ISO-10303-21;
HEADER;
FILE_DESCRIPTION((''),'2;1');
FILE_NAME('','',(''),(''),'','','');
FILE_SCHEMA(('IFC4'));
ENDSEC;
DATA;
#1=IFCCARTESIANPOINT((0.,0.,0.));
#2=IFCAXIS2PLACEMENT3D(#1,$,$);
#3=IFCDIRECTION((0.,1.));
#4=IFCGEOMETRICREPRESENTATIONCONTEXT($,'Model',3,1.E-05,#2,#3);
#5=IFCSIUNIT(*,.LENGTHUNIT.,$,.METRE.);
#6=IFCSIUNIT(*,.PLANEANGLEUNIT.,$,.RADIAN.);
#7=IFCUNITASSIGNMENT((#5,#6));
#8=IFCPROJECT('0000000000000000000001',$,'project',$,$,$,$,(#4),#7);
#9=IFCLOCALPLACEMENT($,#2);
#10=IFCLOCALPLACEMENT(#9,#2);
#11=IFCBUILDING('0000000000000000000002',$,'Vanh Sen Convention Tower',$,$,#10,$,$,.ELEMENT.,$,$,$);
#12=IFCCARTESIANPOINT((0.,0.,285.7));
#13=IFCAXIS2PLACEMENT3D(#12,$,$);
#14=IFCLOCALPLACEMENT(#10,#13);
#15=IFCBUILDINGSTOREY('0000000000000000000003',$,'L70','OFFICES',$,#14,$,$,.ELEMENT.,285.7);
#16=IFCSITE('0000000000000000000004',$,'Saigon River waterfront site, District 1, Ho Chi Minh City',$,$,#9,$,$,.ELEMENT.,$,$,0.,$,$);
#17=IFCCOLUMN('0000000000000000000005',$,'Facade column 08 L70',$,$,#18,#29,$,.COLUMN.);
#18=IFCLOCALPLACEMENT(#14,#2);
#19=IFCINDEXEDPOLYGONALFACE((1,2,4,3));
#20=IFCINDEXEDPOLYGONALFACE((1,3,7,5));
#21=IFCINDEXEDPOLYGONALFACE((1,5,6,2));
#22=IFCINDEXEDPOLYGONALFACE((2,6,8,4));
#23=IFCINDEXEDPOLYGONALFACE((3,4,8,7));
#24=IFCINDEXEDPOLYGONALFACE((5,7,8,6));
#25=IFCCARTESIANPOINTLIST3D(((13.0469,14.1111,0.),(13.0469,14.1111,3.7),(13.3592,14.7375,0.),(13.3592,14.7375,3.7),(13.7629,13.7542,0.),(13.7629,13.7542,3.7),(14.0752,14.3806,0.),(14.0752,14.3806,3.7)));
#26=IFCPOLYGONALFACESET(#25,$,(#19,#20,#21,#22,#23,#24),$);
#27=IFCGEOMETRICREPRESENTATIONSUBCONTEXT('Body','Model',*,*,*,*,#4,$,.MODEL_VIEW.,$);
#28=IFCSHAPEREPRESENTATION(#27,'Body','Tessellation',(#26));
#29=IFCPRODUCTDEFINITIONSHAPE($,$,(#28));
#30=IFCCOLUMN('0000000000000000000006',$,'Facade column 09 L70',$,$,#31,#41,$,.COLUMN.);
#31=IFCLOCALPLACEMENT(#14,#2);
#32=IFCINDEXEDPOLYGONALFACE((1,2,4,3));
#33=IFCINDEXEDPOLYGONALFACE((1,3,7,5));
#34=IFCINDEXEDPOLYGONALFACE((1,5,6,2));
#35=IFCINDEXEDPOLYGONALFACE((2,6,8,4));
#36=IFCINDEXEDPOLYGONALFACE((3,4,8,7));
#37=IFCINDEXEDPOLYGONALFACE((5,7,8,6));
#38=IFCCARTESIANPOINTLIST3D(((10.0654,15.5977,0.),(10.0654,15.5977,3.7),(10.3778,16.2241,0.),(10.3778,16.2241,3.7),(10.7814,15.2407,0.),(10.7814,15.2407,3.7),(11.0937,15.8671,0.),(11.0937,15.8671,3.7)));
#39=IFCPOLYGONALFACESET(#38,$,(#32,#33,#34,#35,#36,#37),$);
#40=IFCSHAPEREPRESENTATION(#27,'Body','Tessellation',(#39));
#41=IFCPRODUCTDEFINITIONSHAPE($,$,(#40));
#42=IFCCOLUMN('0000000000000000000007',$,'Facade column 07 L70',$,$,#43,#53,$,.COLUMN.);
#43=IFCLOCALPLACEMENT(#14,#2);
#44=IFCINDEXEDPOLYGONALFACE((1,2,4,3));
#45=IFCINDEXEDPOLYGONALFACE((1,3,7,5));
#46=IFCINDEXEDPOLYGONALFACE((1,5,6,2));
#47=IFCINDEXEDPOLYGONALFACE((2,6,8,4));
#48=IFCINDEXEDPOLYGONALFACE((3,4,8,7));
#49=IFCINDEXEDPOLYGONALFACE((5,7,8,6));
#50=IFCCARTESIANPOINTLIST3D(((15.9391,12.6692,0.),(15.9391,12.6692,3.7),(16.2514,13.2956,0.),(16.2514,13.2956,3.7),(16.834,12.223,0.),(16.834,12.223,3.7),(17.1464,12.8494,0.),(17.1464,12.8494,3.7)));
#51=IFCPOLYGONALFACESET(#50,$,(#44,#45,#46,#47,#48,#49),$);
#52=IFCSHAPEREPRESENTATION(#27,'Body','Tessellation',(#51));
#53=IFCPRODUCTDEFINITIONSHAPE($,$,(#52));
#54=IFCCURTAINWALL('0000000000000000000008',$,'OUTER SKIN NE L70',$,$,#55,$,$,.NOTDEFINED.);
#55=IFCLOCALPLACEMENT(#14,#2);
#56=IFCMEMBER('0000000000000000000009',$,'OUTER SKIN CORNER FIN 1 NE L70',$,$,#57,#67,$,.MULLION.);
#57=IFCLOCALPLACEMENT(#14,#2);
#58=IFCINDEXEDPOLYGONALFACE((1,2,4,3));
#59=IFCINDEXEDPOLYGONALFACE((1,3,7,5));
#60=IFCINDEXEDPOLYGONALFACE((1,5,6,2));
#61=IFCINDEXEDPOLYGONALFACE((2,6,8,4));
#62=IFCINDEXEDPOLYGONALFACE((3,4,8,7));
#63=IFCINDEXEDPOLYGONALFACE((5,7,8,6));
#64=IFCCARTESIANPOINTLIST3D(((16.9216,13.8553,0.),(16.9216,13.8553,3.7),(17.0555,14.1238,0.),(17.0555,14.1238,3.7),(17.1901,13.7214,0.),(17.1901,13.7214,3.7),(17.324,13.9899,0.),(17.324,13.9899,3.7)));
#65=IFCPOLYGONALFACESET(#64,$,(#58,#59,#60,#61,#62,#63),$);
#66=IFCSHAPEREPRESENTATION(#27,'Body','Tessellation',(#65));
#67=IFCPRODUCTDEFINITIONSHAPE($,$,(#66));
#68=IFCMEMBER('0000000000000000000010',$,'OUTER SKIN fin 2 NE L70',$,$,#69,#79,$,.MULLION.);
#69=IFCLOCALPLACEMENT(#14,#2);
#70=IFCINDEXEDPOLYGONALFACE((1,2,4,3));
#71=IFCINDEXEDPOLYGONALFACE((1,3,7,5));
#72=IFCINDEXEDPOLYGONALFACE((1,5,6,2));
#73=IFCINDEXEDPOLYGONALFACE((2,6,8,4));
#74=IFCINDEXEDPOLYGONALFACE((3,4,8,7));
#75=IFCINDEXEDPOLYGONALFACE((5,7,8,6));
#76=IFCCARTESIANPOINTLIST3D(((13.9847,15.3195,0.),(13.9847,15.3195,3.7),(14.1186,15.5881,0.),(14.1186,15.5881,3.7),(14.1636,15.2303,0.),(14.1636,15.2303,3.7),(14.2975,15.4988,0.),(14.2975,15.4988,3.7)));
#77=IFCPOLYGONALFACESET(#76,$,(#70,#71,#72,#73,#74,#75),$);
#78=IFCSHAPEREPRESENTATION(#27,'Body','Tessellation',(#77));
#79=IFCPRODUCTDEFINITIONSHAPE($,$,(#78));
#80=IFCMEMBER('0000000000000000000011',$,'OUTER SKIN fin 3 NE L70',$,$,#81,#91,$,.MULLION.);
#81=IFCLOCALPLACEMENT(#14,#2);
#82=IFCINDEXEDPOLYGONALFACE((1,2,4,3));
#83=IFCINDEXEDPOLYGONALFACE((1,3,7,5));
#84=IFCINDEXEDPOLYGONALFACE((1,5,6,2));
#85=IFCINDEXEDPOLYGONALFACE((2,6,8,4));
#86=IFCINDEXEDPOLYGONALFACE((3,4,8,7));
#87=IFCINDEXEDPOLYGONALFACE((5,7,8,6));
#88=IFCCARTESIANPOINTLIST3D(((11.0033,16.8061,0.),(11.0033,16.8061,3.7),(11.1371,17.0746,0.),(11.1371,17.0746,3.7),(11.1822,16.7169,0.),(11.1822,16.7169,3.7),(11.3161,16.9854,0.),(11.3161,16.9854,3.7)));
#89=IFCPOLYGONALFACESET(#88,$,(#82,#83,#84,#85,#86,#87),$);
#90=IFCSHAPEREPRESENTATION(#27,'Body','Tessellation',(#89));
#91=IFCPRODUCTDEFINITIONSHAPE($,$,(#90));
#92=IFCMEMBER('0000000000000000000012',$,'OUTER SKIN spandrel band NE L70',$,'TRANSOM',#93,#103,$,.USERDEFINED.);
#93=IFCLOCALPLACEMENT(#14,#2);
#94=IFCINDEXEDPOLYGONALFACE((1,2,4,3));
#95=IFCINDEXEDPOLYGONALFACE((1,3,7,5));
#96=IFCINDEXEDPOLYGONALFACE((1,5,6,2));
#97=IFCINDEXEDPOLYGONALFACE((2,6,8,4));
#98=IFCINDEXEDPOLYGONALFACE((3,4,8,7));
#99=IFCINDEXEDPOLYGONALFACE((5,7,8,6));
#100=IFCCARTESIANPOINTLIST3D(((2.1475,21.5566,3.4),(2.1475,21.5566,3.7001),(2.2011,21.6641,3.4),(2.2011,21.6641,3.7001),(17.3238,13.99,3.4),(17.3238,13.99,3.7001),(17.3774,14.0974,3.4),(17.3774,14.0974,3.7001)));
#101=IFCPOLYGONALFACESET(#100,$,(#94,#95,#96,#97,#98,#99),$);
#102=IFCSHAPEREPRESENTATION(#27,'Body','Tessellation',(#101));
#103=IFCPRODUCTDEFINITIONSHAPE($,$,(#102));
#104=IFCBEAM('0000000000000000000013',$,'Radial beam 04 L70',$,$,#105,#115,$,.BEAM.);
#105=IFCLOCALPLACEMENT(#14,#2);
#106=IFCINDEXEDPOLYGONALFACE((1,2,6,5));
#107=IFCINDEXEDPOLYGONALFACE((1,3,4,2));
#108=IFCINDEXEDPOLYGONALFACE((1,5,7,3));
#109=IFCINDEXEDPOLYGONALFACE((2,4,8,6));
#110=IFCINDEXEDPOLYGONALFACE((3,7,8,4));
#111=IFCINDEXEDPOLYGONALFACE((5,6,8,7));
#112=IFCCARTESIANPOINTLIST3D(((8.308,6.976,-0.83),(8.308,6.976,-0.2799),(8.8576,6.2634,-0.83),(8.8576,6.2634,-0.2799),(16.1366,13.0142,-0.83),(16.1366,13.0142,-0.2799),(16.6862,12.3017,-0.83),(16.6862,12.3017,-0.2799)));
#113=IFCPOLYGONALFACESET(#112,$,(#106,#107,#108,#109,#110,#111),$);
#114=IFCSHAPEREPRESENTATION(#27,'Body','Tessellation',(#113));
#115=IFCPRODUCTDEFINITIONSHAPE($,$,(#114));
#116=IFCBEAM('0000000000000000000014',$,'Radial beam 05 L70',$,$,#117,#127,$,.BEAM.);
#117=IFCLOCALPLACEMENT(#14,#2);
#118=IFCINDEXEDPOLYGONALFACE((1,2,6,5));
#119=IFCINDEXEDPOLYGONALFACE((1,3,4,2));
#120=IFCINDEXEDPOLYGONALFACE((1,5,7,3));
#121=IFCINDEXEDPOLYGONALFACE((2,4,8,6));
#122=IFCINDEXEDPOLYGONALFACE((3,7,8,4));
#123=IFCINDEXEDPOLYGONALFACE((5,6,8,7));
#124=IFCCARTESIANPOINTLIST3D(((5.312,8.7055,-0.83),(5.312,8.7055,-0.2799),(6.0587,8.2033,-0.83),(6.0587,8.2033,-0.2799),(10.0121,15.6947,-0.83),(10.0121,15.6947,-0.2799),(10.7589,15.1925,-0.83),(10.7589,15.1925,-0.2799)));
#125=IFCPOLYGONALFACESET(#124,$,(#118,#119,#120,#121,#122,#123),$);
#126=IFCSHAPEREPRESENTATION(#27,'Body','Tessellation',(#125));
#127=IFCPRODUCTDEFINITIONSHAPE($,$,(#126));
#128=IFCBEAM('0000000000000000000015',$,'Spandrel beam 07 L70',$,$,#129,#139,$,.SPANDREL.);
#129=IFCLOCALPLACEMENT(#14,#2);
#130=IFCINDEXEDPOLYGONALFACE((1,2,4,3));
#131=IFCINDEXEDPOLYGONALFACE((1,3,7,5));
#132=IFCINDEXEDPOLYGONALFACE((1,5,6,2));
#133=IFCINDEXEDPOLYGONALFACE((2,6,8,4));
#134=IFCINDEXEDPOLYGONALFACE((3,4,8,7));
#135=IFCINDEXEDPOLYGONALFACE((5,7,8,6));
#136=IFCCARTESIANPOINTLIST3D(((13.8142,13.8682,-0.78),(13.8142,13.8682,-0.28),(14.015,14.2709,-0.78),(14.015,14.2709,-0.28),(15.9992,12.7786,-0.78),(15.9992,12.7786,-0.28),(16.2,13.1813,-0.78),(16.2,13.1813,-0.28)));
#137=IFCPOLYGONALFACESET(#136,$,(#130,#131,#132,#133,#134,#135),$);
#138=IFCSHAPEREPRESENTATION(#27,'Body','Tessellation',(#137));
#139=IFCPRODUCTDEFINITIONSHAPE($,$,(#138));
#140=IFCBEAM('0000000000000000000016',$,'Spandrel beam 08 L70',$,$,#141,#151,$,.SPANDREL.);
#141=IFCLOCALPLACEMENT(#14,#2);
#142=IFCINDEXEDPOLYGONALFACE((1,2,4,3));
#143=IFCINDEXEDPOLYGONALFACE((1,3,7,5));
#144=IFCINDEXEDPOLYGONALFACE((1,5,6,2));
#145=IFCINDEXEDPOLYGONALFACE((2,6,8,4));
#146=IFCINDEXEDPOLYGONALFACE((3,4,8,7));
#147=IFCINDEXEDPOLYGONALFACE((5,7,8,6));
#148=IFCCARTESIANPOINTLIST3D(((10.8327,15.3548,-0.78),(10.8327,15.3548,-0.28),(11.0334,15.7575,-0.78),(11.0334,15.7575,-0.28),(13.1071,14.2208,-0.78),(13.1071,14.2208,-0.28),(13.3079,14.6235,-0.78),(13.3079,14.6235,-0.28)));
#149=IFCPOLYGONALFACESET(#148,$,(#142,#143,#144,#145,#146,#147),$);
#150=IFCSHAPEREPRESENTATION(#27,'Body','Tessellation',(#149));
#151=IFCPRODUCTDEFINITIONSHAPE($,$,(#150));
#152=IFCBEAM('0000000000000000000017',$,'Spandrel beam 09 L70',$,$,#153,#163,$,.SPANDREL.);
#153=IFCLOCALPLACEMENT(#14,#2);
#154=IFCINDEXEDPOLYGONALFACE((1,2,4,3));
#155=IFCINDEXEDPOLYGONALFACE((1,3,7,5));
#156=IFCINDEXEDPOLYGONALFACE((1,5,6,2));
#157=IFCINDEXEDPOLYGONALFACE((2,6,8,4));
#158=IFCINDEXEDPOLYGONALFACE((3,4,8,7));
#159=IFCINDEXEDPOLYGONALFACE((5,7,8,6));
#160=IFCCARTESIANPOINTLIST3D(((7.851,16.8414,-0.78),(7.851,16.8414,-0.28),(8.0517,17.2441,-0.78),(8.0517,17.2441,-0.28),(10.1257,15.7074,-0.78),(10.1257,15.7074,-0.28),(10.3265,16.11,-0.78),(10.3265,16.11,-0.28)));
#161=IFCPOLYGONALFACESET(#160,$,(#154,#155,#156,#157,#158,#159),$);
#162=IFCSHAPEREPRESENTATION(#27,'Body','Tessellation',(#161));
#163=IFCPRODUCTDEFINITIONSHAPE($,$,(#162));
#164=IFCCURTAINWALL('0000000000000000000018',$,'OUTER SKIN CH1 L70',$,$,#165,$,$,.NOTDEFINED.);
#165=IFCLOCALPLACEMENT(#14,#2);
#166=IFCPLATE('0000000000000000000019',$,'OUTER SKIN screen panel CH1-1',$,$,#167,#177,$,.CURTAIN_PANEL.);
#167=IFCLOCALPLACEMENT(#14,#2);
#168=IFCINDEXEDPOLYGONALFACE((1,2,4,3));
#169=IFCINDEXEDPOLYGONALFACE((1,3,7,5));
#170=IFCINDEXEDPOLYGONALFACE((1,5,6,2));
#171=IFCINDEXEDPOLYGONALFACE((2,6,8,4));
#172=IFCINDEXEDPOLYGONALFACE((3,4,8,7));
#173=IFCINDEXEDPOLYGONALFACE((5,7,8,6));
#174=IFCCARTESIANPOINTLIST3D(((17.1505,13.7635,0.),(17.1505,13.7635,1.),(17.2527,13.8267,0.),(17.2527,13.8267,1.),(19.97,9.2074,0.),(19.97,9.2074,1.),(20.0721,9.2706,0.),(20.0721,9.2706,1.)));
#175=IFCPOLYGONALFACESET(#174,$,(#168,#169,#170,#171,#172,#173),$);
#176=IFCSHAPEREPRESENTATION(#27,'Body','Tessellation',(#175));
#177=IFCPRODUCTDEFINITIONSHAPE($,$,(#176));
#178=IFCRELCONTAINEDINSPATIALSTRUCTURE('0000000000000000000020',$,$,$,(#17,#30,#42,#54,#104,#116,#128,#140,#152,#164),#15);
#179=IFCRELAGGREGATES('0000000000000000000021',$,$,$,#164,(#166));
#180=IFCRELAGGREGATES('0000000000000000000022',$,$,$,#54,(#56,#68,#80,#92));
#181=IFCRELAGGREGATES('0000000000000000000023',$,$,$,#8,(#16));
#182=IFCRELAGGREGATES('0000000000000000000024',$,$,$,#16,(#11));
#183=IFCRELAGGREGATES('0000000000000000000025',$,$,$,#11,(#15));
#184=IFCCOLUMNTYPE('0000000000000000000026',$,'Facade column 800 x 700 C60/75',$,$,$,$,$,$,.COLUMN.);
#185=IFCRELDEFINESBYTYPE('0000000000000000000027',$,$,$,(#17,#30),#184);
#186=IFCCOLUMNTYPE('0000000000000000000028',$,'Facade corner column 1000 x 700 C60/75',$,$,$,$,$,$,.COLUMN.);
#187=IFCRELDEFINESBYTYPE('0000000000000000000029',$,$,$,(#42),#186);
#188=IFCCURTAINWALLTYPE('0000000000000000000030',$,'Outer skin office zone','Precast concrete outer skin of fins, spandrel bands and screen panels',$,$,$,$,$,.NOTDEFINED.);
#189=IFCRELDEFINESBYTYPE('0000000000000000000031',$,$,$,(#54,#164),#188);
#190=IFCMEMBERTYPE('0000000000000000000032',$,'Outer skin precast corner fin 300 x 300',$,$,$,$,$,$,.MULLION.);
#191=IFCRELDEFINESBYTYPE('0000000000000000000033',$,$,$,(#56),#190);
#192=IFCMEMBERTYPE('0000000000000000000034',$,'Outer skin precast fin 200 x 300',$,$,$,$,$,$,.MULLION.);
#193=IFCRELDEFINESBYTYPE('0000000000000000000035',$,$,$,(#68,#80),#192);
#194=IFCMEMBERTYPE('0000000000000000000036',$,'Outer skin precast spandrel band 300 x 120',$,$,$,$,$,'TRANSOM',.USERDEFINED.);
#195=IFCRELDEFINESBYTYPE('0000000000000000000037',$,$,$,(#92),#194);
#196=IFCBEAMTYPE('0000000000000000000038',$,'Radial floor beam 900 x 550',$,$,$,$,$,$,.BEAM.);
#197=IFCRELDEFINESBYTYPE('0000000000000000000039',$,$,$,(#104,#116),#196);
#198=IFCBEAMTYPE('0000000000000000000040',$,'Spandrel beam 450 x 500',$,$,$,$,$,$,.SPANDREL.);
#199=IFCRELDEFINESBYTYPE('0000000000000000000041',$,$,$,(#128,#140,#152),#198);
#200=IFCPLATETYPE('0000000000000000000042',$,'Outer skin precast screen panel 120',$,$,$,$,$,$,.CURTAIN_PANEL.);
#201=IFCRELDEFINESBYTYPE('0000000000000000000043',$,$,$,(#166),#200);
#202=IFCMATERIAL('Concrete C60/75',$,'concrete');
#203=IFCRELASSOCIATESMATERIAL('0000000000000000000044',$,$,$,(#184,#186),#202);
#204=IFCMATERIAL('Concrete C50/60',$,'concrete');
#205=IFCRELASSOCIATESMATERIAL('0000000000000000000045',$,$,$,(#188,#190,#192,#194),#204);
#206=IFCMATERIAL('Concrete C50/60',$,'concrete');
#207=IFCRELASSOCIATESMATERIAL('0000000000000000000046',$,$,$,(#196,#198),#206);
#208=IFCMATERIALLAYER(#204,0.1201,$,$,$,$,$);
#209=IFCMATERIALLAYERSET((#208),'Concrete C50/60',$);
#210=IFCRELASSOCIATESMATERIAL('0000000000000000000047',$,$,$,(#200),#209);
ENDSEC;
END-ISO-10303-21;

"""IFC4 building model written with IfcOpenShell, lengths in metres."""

from ifc_helpers import new_model, si_unit, direction, frame, origin, origin_2d, place, context, subcontext, project, spatial, rectangle, extrude, material, layer, layer_set, material_profile, profile_set, type_object, element, aggregate, save


model = new_model("IFC4")

# Units and contexts
model_context = context("Model", 3, precision=1e-05, world=origin(), true_north=direction((0.0, 1.0)))
body_context = subcontext(model_context, "Body", "Model", "MODEL_VIEW")
ifc_project = project(units=[si_unit("LENGTHUNIT", "METRE"), si_unit("PLANEANGLEUNIT", "RADIAN")], contexts=[model_context])

# Site, building, storey
site_placement = place(None, origin())
site = spatial("IfcSite", under=ifc_project, at=site_placement, Name="Saigon River waterfront site, District 1, Ho Chi Minh City", CompositionType="ELEMENT", RefElevation=0.0)
building_placement = place(site_placement, origin())
building = spatial("IfcBuilding", under=site, at=building_placement, Name="Vanh Sen Convention Tower", CompositionType="ELEMENT")
storey_placement = place(building_placement, frame((0.0, 0.0, 285.7)))
storey = spatial("IfcBuildingStorey", under=building, at=storey_placement, Name="L70", Description="OFFICES", CompositionType="ELEMENT", Elevation=285.7)

# Columns
ifc_material_1 = material(Name="Concrete C60/75", Category="concrete")
ifc_material_profile_1 = material_profile(ifc_material_1, rectangle(XDim=0.8, YDim=0.7, at=origin_2d()), Name="RC 800X700")
ifc_profile_set_1 = profile_set([ifc_material_profile_1], Name="Concrete C60/75")
column_type_1 = type_object("IfcColumnType", Name="Facade column 800 x 700 C60/75", PredefinedType="COLUMN", material=ifc_profile_set_1)
for number, where, z_axis, x_axis, name in (
    (1, (13.561, 14.2458, 0.0), (0.0, 0.0, 1.0), (-0.894934, 0.446198, 0.0), "Facade column 08 L70"),
    (2, (10.5796, 15.7324, 0.0), (0.0, 0.0, 1.0), (-0.894934, 0.446198, 0.0), "Facade column 09 L70"),
):
    element("IfcColumn", number, at=place(storey_placement, frame(where, z_axis=z_axis, x_axis=x_axis)), inside=storey, type_object=column_type_1, Name=name, PredefinedType="COLUMN", context=body_context, shape_type="SweptSolid", body=[
        extrude(rectangle(XDim=0.8, YDim=0.7, at=origin_2d()), origin(), (0.0, 0.0, 1.0), 3.7),
    ])
ifc_material_profile_2 = material_profile(ifc_material_1, rectangle(XDim=1.0, YDim=0.7, at=origin_2d()), Name="RC 1000X700")
ifc_profile_set_2 = profile_set([ifc_material_profile_2], Name="Concrete C60/75")
column_type_2 = type_object("IfcColumnType", Name="Facade corner column 1000 x 700 C60/75", PredefinedType="COLUMN", material=ifc_profile_set_2)
column_placement = place(storey_placement, frame((16.5427, 12.7593, 0.0), z_axis=(0.0, 0.0, 1.0), x_axis=(-0.894934, 0.446198, 0.0)))
element("IfcColumn", 3, at=column_placement, inside=storey, type_object=column_type_2, Name="Facade column 07 L70", PredefinedType="COLUMN", context=body_context, shape_type="SweptSolid", body=[
    extrude(rectangle(XDim=1.0, YDim=0.7, at=origin_2d()), origin(), (0.0, 0.0, 1.0), 3.7),
])

# Curtain wall, members
ifc_material_2 = material(Name="Concrete C50/60", Category="concrete")
curtain_wall_type = type_object("IfcCurtainWallType", Name="Outer skin office zone", Description="Precast concrete outer skin of fins, spandrel bands and screen panels", PredefinedType="NOTDEFINED", material=ifc_material_2)
curtain_wall_1_placement = place(storey_placement, origin())
curtain_wall_1 = element("IfcCurtainWall", 4, at=curtain_wall_1_placement, inside=storey, type_object=curtain_wall_type, Name="OUTER SKIN NE L70", PredefinedType="NOTDEFINED")
ifc_material_profile_3 = material_profile(ifc_material_2, rectangle(XDim=0.3, YDim=0.3, at=origin_2d()), Name="Outer skin precast corner fin 300 x 300")
ifc_profile_set_3 = profile_set([ifc_material_profile_3], Name="Concrete C50/60")
member_type_1 = type_object("IfcMemberType", Name="Outer skin precast corner fin 300 x 300", PredefinedType="MULLION", material=ifc_profile_set_3)
member_1_placement = place(storey_placement, frame((17.1228, 13.9226, 0.0), z_axis=(0.0, 0.0, 1.0), x_axis=(-0.894934, 0.446198, 0.0)))
member_1 = element("IfcMember", 5, at=member_1_placement, type_object=member_type_1, Name="OUTER SKIN CORNER FIN 1 NE L70", PredefinedType="MULLION", context=body_context, shape_type="SweptSolid", body=[
    extrude(rectangle(XDim=0.3, YDim=0.3, at=origin_2d()), origin(), (0.0, 0.0, 1.0), 3.7),
])
ifc_material_profile_4 = material_profile(ifc_material_2, rectangle(XDim=0.2, YDim=0.3, at=origin_2d()), Name="Outer skin precast fin 200 x 300")
ifc_profile_set_4 = profile_set([ifc_material_profile_4], Name="Concrete C50/60")
member_type_2 = type_object("IfcMemberType", Name="Outer skin precast fin 200 x 300", PredefinedType="MULLION", material=ifc_profile_set_4)
member_2_placement = place(storey_placement, frame((14.1411, 15.4092, 0.0), z_axis=(0.0, 0.0, 1.0), x_axis=(-0.894934, 0.446198, 0.0)))
member_2 = element("IfcMember", 6, at=member_2_placement, type_object=member_type_2, Name="OUTER SKIN fin 2 NE L70", PredefinedType="MULLION", context=body_context, shape_type="SweptSolid", body=[
    extrude(rectangle(XDim=0.2, YDim=0.3, at=origin_2d()), origin(), (0.0, 0.0, 1.0), 3.7),
])
member_3_placement = place(storey_placement, frame((11.1597, 16.8958, 0.0), z_axis=(0.0, 0.0, 1.0), x_axis=(-0.894934, 0.446198, 0.0)))
member_3 = element("IfcMember", 7, at=member_3_placement, type_object=member_type_2, Name="OUTER SKIN fin 3 NE L70", PredefinedType="MULLION", context=body_context, shape_type="SweptSolid", body=[
    extrude(rectangle(XDim=0.2, YDim=0.3, at=origin_2d()), origin(), (0.0, 0.0, 1.0), 3.7),
])
ifc_material_profile_5 = material_profile(ifc_material_2, rectangle(XDim=0.1201, YDim=0.3, at=origin_2d()), Name="Outer skin precast spandrel band 300 x 120")
ifc_profile_set_5 = profile_set([ifc_material_profile_5], Name="Concrete C50/60")
member_type_3 = type_object("IfcMemberType", Name="Outer skin precast spandrel band 300 x 120", ElementType="TRANSOM", PredefinedType="USERDEFINED", material=ifc_profile_set_5)
member_4_placement = place(storey_placement, frame((17.3506, 14.0437, 3.55), z_axis=(-0.894933, 0.4462, 0.0), x_axis=(-0.4462, -0.894933, 0.0)))
member_4 = element("IfcMember", 8, at=member_4_placement, type_object=member_type_3, Name="OUTER SKIN spandrel band NE L70", ObjectType="TRANSOM", PredefinedType="USERDEFINED", context=body_context, shape_type="SweptSolid", body=[
    extrude(rectangle(XDim=0.1201, YDim=0.3, at=origin_2d()), origin(), (0.0, 0.0, 1.0), 16.958),
])

# Beams
ifc_material_3 = material(Name="Concrete C50/60", Category="concrete")
ifc_material_profile_6 = material_profile(ifc_material_3, rectangle(XDim=0.8999, YDim=0.55, at=origin_2d()), Name="RC 900X550")
ifc_profile_set_6 = profile_set([ifc_material_profile_6], Name="Concrete C50/60")
beam_type_1 = type_object("IfcBeamType", Name="Radial floor beam 900 x 550", PredefinedType="BEAM", material=ifc_profile_set_6)
beam_1_placement = place(storey_placement, frame((16.4114, 12.658, -0.5549), z_axis=(-0.791826, -0.610747, 0.0), x_axis=(0.610747, -0.791826, 0.0)))
element("IfcBeam", 9, at=beam_1_placement, inside=storey, type_object=beam_type_1, Name="Radial beam 04 L70", PredefinedType="BEAM", context=body_context, shape_type="SweptSolid", body=[
    extrude(rectangle(XDim=0.8999, YDim=0.55, at=origin_2d()), origin(), (0.0, 0.0, 1.0), 9.8867),
])
beam_2_placement = place(storey_placement, frame((10.3855, 15.4436, -0.5549), z_axis=(-0.55804, -0.829814, 0.0), x_axis=(0.829814, -0.55804, 0.0)))
element("IfcBeam", 10, at=beam_2_placement, inside=storey, type_object=beam_type_1, Name="Radial beam 05 L70", PredefinedType="BEAM", context=body_context, shape_type="SweptSolid", body=[
    extrude(rectangle(XDim=0.8999, YDim=0.55, at=origin_2d()), origin(), (0.0, 0.0, 1.0), 8.4226),
])
ifc_material_profile_7 = material_profile(ifc_material_3, rectangle(XDim=0.45, YDim=0.5, at=origin_2d()), Name="RC 450X500")
ifc_profile_set_7 = profile_set([ifc_material_profile_7], Name="Concrete C50/60")
beam_type_2 = type_object("IfcBeamType", Name="Spandrel beam 450 x 500", PredefinedType="SPANDREL", material=ifc_profile_set_7)
beam_3_placement = place(storey_placement, frame((16.0996, 12.98, -0.53), z_axis=(-0.894907, 0.446253, 0.0), x_axis=(-0.446253, -0.894907, 0.0)))
element("IfcBeam", 11, at=beam_3_placement, inside=storey, type_object=beam_type_2, Name="Spandrel beam 07 L70", PredefinedType="SPANDREL", context=body_context, shape_type="SweptSolid", body=[
    extrude(rectangle(XDim=0.45, YDim=0.5, at=origin_2d()), origin(), (0.0, 0.0, 1.0), 2.4417),
])
beam_4_placement = place(storey_placement, frame((13.2075, 14.4221, -0.53), z_axis=(-0.894926, 0.446214, 0.0), x_axis=(-0.446214, -0.894926, 0.0)))
element("IfcBeam", 12, at=beam_4_placement, inside=storey, type_object=beam_type_2, Name="Spandrel beam 08 L70", PredefinedType="SPANDREL", context=body_context, shape_type="SweptSolid", body=[
    extrude(rectangle(XDim=0.45, YDim=0.5, at=origin_2d()), origin(), (0.0, 0.0, 1.0), 2.5415),
])
beam_5_placement = place(storey_placement, frame((10.2261, 15.9087, -0.53), z_axis=(-0.894945, 0.446176, 0.0), x_axis=(-0.446176, -0.894945, 0.0)))
element("IfcBeam", 13, at=beam_5_placement, inside=storey, type_object=beam_type_2, Name="Spandrel beam 09 L70", PredefinedType="SPANDREL", context=body_context, shape_type="SweptSolid", body=[
    extrude(rectangle(XDim=0.45, YDim=0.5, at=origin_2d()), origin(), (0.0, 0.0, 1.0), 2.5417),
])

# Curtain wall, plate
curtain_wall_2_placement = place(storey_placement, origin())
curtain_wall_2 = element("IfcCurtainWall", 14, at=curtain_wall_2_placement, inside=storey, type_object=curtain_wall_type, Name="OUTER SKIN CH1 L70", PredefinedType="NOTDEFINED")
ifc_layer_1 = layer(ifc_material_2, 0.1201)
ifc_layer_set_1 = layer_set([ifc_layer_1], Name="Concrete C50/60")
plate_type = type_object("IfcPlateType", Name="Outer skin precast screen panel 120", PredefinedType="CURTAIN_PANEL", material=ifc_layer_set_1)
plate_1_placement = place(storey_placement, frame((18.6113, 11.5171, 0.0), z_axis=(0.0, 0.0, 1.0), x_axis=(-0.526218, 0.850349, 0.0)))
plate_1 = element("IfcPlate", 15, at=plate_1_placement, type_object=plate_type, Name="OUTER SKIN screen panel CH1-1", PredefinedType="CURTAIN_PANEL", context=body_context, shape_type="SweptSolid", body=[
    extrude(rectangle(XDim=5.3579, YDim=0.1201, at=origin_2d()), origin(), (0.0, 0.0, 1.0), 1.0),
])
aggregate(curtain_wall_2, [plate_1])

aggregate(curtain_wall_1, [member_1, member_2, member_3, member_4])

save(model, "model.ifc")
